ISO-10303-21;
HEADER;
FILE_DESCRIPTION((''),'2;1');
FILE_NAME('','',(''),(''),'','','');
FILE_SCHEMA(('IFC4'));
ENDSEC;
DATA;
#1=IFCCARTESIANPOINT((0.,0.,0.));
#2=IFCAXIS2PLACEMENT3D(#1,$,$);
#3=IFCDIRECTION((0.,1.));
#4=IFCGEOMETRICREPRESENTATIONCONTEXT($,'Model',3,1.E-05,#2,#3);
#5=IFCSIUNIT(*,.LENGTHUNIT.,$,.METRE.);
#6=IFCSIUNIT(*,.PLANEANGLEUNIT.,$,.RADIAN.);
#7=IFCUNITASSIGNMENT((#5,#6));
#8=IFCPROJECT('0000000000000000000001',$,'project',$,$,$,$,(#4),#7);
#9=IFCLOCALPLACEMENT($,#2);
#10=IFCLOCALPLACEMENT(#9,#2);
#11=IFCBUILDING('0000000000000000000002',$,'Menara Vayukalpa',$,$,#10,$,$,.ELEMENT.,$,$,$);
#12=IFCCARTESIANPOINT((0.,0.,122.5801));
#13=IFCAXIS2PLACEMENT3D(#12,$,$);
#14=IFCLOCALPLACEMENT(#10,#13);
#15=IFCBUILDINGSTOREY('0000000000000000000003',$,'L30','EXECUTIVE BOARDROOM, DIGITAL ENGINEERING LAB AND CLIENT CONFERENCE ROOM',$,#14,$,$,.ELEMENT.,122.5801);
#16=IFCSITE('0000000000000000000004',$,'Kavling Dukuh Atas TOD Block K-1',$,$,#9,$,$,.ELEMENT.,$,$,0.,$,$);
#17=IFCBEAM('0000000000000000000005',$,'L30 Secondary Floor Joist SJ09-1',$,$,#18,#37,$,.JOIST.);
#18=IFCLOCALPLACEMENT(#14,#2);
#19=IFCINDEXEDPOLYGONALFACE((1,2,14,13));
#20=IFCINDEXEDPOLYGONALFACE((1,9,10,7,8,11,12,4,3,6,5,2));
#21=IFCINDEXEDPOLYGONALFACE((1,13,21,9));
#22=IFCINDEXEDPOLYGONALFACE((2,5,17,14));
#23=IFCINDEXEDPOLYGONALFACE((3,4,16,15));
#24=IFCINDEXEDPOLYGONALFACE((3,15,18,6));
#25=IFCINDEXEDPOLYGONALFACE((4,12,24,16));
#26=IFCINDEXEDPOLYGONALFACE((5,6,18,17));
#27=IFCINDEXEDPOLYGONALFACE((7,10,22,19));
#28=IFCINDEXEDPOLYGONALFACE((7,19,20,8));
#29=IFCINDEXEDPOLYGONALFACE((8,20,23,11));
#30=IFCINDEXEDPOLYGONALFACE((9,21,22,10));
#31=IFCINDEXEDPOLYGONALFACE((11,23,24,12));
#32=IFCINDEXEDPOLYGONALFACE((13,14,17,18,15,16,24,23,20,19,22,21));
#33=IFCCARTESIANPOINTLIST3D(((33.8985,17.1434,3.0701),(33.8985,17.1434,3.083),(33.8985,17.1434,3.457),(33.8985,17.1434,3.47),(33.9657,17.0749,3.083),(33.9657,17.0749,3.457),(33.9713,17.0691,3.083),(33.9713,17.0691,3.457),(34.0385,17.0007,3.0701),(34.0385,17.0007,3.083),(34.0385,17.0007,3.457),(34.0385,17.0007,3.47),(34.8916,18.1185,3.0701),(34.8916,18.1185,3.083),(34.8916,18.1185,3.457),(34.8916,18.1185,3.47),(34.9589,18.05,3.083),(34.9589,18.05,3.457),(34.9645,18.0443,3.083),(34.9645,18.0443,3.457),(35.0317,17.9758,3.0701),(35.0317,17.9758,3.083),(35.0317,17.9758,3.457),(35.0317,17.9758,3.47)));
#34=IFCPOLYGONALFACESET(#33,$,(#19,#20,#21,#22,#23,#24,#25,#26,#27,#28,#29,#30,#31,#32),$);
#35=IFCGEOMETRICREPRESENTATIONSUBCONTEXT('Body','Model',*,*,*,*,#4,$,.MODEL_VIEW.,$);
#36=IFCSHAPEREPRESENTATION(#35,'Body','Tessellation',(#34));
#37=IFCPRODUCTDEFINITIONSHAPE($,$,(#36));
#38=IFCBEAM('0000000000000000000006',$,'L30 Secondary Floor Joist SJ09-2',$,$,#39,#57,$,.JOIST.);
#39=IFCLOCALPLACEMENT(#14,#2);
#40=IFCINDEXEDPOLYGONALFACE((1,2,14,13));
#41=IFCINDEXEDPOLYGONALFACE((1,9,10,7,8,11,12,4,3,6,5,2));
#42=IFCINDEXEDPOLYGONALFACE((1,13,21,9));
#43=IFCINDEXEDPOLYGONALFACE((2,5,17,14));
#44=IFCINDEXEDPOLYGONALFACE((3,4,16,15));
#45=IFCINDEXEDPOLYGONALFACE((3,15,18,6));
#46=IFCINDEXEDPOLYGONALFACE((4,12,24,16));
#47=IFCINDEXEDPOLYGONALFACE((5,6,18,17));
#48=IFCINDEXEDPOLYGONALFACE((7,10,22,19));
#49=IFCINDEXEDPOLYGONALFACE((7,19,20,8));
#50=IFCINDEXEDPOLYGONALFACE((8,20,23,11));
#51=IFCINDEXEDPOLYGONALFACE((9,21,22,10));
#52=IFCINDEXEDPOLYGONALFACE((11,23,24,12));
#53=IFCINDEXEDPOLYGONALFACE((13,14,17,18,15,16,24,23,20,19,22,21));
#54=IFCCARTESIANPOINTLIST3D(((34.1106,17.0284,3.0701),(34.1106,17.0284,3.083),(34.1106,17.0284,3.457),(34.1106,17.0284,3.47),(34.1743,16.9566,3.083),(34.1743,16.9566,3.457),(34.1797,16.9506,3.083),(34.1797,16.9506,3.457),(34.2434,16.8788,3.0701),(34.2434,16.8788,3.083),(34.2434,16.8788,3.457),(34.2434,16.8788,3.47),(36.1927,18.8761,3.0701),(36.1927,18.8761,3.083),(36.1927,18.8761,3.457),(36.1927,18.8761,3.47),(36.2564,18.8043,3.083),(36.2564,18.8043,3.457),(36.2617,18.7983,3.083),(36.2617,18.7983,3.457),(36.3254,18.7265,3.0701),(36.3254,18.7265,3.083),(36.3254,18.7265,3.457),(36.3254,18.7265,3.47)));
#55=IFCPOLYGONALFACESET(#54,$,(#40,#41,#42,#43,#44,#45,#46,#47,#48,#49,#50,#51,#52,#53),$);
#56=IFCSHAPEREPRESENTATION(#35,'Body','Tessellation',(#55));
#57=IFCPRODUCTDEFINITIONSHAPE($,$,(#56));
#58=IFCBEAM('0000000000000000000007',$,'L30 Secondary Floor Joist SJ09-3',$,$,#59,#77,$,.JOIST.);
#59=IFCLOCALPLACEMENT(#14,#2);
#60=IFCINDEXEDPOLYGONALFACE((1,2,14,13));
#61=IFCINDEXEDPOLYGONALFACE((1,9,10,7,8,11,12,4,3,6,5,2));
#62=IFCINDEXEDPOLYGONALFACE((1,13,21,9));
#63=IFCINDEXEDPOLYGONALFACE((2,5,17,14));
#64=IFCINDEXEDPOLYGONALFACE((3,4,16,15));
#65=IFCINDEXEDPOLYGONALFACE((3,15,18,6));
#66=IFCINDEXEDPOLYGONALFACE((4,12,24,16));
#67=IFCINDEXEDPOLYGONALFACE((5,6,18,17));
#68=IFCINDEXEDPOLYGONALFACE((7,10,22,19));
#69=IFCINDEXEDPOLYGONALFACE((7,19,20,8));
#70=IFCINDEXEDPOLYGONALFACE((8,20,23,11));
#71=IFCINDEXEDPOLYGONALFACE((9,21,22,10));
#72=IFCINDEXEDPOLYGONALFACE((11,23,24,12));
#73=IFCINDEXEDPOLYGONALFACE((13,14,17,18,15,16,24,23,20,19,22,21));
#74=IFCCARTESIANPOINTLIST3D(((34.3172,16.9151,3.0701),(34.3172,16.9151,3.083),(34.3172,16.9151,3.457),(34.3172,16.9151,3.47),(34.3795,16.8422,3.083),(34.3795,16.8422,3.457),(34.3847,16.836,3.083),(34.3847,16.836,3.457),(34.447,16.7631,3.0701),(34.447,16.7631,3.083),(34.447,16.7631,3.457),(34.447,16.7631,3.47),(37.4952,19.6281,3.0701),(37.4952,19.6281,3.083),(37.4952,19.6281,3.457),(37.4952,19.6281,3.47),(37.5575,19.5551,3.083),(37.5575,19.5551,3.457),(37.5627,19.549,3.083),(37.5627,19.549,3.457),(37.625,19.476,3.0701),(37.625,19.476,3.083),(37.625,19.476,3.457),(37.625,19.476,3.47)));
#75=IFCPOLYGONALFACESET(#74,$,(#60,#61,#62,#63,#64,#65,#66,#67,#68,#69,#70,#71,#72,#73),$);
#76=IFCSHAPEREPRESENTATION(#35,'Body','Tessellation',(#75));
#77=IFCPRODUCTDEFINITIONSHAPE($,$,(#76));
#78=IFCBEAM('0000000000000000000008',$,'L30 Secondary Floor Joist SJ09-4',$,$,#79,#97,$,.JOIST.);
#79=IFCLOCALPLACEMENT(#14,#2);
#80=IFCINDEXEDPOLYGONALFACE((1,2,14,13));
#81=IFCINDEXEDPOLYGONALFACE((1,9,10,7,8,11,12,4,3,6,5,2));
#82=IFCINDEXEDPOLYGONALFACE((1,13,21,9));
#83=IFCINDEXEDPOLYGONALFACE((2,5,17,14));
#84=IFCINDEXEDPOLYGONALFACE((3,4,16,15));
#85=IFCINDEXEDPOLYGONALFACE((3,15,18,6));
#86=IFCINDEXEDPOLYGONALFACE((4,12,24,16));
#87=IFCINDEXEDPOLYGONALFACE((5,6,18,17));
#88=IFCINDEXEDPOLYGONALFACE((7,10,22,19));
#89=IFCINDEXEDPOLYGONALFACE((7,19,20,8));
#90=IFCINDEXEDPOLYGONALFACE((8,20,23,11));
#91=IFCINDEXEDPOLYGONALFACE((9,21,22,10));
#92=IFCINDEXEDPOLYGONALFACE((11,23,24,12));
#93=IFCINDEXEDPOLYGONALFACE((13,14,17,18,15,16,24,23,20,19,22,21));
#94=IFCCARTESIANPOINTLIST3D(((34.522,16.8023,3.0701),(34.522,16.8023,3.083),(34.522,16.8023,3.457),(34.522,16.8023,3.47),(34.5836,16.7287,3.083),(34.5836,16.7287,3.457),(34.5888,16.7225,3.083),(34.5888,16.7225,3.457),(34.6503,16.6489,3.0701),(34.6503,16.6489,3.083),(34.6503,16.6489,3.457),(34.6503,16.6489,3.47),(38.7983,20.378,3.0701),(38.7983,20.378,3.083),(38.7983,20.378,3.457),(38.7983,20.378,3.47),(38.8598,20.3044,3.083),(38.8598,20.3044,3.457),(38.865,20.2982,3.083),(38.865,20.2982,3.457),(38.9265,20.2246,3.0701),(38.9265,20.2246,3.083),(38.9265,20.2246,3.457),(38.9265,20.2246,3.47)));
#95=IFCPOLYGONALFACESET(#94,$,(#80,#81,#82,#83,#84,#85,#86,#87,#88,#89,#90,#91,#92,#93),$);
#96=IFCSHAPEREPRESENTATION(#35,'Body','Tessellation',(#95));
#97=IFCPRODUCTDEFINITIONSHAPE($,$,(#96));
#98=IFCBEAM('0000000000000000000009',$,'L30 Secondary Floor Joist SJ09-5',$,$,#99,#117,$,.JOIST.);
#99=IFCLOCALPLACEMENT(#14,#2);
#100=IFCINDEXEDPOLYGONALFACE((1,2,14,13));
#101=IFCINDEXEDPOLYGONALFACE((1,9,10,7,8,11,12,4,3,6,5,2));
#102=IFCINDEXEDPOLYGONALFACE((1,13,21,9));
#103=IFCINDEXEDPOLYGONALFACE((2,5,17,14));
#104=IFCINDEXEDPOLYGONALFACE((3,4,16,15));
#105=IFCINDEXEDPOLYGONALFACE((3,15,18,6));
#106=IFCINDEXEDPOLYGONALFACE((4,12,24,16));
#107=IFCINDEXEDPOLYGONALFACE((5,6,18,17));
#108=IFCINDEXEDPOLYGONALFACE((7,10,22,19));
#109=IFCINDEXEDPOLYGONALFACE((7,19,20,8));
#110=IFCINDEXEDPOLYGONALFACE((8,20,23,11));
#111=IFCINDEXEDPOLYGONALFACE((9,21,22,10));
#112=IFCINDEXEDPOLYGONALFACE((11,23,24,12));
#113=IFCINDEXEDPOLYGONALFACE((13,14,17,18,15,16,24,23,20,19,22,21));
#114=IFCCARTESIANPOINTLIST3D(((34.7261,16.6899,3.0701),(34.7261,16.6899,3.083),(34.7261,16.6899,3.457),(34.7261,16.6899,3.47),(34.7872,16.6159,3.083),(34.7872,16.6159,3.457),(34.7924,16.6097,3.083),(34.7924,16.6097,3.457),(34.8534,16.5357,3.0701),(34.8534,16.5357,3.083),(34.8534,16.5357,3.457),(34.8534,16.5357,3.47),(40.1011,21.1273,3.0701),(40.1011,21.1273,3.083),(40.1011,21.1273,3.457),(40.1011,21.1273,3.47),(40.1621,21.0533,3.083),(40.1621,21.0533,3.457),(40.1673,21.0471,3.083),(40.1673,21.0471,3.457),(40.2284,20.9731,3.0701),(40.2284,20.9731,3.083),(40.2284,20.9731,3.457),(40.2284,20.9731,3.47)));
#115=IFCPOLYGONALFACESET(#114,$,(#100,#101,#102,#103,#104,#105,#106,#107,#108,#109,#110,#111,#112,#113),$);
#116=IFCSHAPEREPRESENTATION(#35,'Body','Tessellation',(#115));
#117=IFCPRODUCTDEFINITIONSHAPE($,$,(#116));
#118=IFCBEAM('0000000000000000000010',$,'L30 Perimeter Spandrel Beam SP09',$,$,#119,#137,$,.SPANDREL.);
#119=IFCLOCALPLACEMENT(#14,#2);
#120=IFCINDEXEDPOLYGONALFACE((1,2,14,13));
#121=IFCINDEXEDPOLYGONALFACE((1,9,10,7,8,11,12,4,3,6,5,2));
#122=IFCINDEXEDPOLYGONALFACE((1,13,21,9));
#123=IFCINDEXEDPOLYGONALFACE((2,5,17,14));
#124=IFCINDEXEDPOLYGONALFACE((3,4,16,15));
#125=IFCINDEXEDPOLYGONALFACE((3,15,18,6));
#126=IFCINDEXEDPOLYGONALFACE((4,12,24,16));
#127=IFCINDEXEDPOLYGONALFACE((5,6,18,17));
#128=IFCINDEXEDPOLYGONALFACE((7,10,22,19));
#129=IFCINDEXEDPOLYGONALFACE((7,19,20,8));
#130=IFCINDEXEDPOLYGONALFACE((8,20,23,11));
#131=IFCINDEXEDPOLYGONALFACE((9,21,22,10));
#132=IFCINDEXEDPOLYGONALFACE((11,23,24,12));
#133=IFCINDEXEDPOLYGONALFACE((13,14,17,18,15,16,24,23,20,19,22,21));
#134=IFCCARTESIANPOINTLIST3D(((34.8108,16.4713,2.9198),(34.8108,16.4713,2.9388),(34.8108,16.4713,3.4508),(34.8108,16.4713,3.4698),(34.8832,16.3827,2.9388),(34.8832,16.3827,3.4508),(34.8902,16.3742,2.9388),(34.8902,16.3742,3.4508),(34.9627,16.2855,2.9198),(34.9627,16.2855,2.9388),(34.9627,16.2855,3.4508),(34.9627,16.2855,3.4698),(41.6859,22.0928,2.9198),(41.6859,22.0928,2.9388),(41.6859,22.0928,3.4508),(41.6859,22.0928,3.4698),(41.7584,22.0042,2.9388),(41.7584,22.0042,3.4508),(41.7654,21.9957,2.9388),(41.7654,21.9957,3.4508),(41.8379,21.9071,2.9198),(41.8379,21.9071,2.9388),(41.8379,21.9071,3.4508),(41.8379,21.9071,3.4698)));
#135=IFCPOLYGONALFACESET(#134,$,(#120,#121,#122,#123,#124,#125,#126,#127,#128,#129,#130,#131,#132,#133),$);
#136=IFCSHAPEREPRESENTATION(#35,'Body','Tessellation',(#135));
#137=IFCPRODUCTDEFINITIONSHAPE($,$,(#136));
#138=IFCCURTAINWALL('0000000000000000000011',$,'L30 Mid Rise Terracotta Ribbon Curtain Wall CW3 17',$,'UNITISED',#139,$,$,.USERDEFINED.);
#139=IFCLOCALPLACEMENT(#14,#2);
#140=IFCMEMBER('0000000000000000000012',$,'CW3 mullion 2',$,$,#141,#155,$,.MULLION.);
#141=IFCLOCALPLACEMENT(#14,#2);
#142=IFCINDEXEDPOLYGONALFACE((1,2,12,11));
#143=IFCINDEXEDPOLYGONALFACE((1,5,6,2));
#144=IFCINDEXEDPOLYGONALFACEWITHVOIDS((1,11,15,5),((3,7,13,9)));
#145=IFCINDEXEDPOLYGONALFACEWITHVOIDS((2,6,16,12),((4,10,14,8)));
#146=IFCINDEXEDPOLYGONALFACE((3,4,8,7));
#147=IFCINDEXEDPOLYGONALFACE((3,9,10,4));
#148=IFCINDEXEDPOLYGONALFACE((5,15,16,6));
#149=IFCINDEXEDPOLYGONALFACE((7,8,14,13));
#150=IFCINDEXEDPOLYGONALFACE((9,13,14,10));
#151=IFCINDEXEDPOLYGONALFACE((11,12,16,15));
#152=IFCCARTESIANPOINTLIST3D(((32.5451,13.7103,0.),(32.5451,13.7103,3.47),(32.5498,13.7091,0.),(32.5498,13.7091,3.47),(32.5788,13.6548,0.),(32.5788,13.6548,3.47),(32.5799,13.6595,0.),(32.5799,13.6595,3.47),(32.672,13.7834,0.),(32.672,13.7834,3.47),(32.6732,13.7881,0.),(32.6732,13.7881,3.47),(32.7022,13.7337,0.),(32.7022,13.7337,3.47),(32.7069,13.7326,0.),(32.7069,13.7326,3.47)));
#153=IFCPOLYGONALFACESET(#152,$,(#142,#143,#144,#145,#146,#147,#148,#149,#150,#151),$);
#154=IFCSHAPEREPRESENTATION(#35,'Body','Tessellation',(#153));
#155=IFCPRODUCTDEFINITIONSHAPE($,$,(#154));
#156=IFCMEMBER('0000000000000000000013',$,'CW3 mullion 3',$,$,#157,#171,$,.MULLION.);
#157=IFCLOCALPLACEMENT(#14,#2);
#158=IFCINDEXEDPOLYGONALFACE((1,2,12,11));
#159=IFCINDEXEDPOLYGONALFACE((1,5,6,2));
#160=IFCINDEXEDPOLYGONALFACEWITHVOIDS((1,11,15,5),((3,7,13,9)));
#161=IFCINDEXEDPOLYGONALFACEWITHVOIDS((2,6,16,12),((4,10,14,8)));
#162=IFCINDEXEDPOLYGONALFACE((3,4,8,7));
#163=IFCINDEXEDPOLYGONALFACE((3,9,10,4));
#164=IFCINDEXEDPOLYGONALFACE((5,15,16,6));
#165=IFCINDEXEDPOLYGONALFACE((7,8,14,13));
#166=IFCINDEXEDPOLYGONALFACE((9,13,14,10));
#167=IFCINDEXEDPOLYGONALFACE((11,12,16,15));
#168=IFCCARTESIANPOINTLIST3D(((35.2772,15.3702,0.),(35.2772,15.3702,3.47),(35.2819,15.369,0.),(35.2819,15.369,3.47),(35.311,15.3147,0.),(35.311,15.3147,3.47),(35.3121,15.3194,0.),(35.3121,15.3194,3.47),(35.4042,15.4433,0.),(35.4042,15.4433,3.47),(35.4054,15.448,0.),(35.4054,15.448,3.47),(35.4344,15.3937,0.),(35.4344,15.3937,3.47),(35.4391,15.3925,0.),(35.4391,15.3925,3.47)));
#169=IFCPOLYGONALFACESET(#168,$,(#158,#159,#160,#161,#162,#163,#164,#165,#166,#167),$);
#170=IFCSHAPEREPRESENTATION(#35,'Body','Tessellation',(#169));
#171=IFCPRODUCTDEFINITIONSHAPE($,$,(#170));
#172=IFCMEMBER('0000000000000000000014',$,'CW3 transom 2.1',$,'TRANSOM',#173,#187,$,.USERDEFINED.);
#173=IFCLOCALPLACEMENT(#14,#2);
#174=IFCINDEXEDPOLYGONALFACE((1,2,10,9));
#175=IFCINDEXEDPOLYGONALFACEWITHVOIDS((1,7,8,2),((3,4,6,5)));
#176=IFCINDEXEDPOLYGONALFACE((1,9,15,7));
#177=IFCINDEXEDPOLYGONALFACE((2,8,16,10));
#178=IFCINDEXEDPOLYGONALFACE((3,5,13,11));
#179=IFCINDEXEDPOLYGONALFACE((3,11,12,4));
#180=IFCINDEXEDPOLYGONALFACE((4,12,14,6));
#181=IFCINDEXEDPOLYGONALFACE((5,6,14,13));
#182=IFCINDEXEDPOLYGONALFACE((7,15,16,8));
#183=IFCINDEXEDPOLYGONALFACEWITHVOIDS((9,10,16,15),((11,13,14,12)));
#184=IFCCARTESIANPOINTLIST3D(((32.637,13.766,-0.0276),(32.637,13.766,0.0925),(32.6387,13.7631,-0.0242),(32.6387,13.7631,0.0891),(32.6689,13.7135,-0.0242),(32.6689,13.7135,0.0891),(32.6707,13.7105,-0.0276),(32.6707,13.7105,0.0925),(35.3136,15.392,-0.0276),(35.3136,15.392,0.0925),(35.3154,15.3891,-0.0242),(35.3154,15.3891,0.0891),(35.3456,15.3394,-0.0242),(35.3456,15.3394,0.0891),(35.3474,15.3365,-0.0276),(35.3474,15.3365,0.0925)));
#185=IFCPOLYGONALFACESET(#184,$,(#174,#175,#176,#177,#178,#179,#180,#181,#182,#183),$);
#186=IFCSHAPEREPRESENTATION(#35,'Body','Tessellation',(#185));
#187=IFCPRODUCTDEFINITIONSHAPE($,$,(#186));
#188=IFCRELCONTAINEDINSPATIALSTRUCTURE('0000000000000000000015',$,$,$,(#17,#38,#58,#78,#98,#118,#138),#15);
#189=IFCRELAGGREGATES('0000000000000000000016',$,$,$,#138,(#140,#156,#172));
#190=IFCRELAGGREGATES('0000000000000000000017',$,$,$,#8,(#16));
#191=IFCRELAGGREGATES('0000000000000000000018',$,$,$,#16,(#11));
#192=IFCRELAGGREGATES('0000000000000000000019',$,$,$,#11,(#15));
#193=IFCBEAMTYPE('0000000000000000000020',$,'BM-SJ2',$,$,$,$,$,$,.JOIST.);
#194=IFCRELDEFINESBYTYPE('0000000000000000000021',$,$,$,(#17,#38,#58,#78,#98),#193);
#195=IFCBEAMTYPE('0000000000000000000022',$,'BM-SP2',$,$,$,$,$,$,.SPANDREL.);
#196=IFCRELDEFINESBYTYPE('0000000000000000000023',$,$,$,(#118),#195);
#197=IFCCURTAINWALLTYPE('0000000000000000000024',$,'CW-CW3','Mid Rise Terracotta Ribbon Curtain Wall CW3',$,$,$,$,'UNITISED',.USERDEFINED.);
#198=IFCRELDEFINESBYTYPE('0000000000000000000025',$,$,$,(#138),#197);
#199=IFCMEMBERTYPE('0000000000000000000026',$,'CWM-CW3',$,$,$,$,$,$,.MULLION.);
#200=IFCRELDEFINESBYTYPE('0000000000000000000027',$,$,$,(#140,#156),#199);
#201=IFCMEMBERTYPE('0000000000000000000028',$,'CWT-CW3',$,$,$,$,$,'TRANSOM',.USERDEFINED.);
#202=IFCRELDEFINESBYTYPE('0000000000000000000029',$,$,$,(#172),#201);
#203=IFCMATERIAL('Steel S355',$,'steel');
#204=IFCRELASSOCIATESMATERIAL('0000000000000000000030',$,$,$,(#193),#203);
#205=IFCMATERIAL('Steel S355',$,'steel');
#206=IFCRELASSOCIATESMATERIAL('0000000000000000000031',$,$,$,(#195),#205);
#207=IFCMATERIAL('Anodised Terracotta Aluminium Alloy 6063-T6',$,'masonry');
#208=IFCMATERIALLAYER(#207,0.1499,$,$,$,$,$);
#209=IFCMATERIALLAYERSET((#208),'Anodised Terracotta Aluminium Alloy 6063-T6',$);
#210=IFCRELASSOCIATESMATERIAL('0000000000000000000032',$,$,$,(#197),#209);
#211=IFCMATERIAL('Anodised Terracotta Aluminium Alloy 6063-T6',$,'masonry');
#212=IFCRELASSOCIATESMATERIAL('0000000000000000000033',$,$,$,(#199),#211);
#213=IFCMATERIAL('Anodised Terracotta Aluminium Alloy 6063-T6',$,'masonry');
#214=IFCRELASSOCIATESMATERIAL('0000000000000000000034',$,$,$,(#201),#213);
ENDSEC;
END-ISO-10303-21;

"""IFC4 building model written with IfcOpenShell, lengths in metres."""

from ifc_helpers import new_model, si_unit, direction, frame, origin, origin_2d, place, context, subcontext, project, spatial, hollow_rectangle, i_section, extrude, material, layer, layer_set, material_profile, profile_set, type_object, element, aggregate, save


model = new_model("IFC4")

# Units and contexts
model_context = context("Model", 3, precision=1e-05, world=origin(), true_north=direction((0.0, 1.0)))
body_context = subcontext(model_context, "Body", "Model", "MODEL_VIEW")
ifc_project = project(units=[si_unit("LENGTHUNIT", "METRE"), si_unit("PLANEANGLEUNIT", "RADIAN")], contexts=[model_context])

# Site, building, storey
site_placement = place(None, origin())
site = spatial("IfcSite", under=ifc_project, at=site_placement, Name="Kavling Dukuh Atas TOD Block K-1", CompositionType="ELEMENT", RefElevation=0.0)
building_placement = place(site_placement, origin())
building = spatial("IfcBuilding", under=site, at=building_placement, Name="Menara Vayukalpa", CompositionType="ELEMENT")
storey_placement = place(building_placement, frame((0.0, 0.0, 122.5801)))
storey = spatial("IfcBuildingStorey", under=building, at=storey_placement, Name="L30", Description="EXECUTIVE BOARDROOM, DIGITAL ENGINEERING LAB AND CLIENT CONFERENCE ROOM", CompositionType="ELEMENT", Elevation=122.5801)

# Beams
ifc_material_1 = material(Name="Steel S355", Category="steel")
ifc_material_profile_1 = material_profile(ifc_material_1, i_section(OverallWidth=0.2, OverallDepth=0.3999, WebThickness=0.0081, FlangeThickness=0.0129, at=origin_2d()), Name="WF 400x200x8x13")
ifc_profile_set_1 = profile_set([ifc_material_profile_1], Name="Steel S355")
beam_type_1 = type_object("IfcBeamType", Name="BM-SJ2", PredefinedType="JOIST", material=ifc_profile_set_1)
beam_1_placement = place(storey_placement, frame((33.9685, 17.072, 3.27), z_axis=(0.713567, 0.700587, 0.0), x_axis=(-0.700587, 0.713567, 0.0)))
element("IfcBeam", 1, at=beam_1_placement, inside=storey, type_object=beam_type_1, Name="L30 Secondary Floor Joist SJ09-1", PredefinedType="JOIST", context=body_context, shape_type="SweptSolid", body=[
    extrude(i_section(OverallWidth=0.2, OverallDepth=0.3999, WebThickness=0.0081, FlangeThickness=0.0129, at=origin_2d()), origin(), (0.0, 0.0, 1.0), 1.3918),
])
beam_2_placement = place(storey_placement, frame((34.177, 16.9536, 3.27), z_axis=(0.747951, 0.663754, 0.0), x_axis=(-0.663754, 0.747951, 0.0)))
element("IfcBeam", 2, at=beam_2_placement, inside=storey, type_object=beam_type_1, Name="L30 Secondary Floor Joist SJ09-2", PredefinedType="JOIST", context=body_context, shape_type="SweptSolid", body=[
    extrude(i_section(OverallWidth=0.2, OverallDepth=0.3999, WebThickness=0.0081, FlangeThickness=0.0129, at=origin_2d()), origin(), (0.0, 0.0, 1.0), 2.7837),
])
beam_3_placement = place(storey_placement, frame((34.3821, 16.8391, 3.27), z_axis=(0.760567, 0.64926, 0.0), x_axis=(-0.64926, 0.760567, 0.0)))
element("IfcBeam", 3, at=beam_3_placement, inside=storey, type_object=beam_type_1, Name="L30 Secondary Floor Joist SJ09-3", PredefinedType="JOIST", context=body_context, shape_type="SweptSolid", body=[
    extrude(i_section(OverallWidth=0.2, OverallDepth=0.3999, WebThickness=0.0081, FlangeThickness=0.0129, at=origin_2d()), origin(), (0.0, 0.0, 1.0), 4.1785),
])
beam_4_placement = place(storey_placement, frame((34.5862, 16.7256, 3.27), z_axis=(0.76714, 0.64148, 0.0), x_axis=(-0.64148, 0.76714, 0.0)))
element("IfcBeam", 4, at=beam_4_placement, inside=storey, type_object=beam_type_1, Name="L30 Secondary Floor Joist SJ09-4", PredefinedType="JOIST", context=body_context, shape_type="SweptSolid", body=[
    extrude(i_section(OverallWidth=0.2, OverallDepth=0.3999, WebThickness=0.0081, FlangeThickness=0.0129, at=origin_2d()), origin(), (0.0, 0.0, 1.0), 5.5742),
])
beam_5_placement = place(storey_placement, frame((34.7898, 16.6128, 3.27), z_axis=(0.771153, 0.63665, 0.0), x_axis=(-0.63665, 0.771153, 0.0)))
element("IfcBeam", 5, at=beam_5_placement, inside=storey, type_object=beam_type_1, Name="L30 Secondary Floor Joist SJ09-5", PredefinedType="JOIST", context=body_context, shape_type="SweptSolid", body=[
    extrude(i_section(OverallWidth=0.2, OverallDepth=0.3999, WebThickness=0.0081, FlangeThickness=0.0129, at=origin_2d()), origin(), (0.0, 0.0, 1.0), 6.97),
])
ifc_material_2 = material(Name="Steel S355", Category="steel")
ifc_material_profile_2 = material_profile(ifc_material_2, i_section(OverallWidth=0.24, OverallDepth=0.55, WebThickness=0.011, FlangeThickness=0.019, at=origin_2d()), Name="WF 550x240x11x19")
ifc_profile_set_2 = profile_set([ifc_material_profile_2], Name="Steel S355")
beam_type_2 = type_object("IfcBeamType", Name="BM-SP2", PredefinedType="SPANDREL", material=ifc_profile_set_2)
beam_6_placement = place(storey_placement, frame((34.8867, 16.3784, 3.1948), z_axis=(0.774157, 0.632994, 0.0), x_axis=(-0.632994, 0.774157, 0.0)))
element("IfcBeam", 6, at=beam_6_placement, inside=storey, type_object=beam_type_2, Name="L30 Perimeter Spandrel Beam SP09", PredefinedType="SPANDREL", context=body_context, shape_type="SweptSolid", body=[
    extrude(i_section(OverallWidth=0.24, OverallDepth=0.55, WebThickness=0.011, FlangeThickness=0.019, at=origin_2d()), origin(), (0.0, 0.0, 1.0), 8.8809),
])

# Curtain wall, members
ifc_material_3 = material(Name="Anodised Terracotta Aluminium Alloy 6063-T6", Category="masonry")
ifc_layer_1 = layer(ifc_material_3, 0.1499)
ifc_layer_set_1 = layer_set([ifc_layer_1], Name="Anodised Terracotta Aluminium Alloy 6063-T6")
curtain_wall_type = type_object("IfcCurtainWallType", Name="CW-CW3", Description="Mid Rise Terracotta Ribbon Curtain Wall CW3", ElementType="UNITISED", PredefinedType="USERDEFINED", material=ifc_layer_set_1)
curtain_wall_placement = place(storey_placement, origin())
curtain_wall = element("IfcCurtainWall", 7, at=curtain_wall_placement, inside=storey, type_object=curtain_wall_type, Name="L30 Mid Rise Terracotta Ribbon Curtain Wall CW3 17", ObjectType="UNITISED", PredefinedType="USERDEFINED")
ifc_material_4 = material(Name="Anodised Terracotta Aluminium Alloy 6063-T6", Category="masonry")
ifc_material_profile_3 = material_profile(ifc_material_4, hollow_rectangle(XDim=0.0649, YDim=0.1499, WallThickness=0.0034, at=origin_2d()), Name="ALU 65x150x3.5")
ifc_profile_set_3 = profile_set([ifc_material_profile_3], Name="Anodised Terracotta Aluminium Alloy 6063-T6")
member_type_1 = type_object("IfcMemberType", Name="CWM-CW3", PredefinedType="MULLION", material=ifc_profile_set_3)
member_1_placement = place(storey_placement, frame((32.626, 13.7214, 0.0), z_axis=(0.0, 0.0, 1.0), x_axis=(-0.519183, 0.854663, 0.0)))
member_1 = element("IfcMember", 8, at=member_1_placement, type_object=member_type_1, Name="CW3 mullion 2", PredefinedType="MULLION", context=body_context, shape_type="SweptSolid", body=[
    extrude(hollow_rectangle(XDim=0.0649, YDim=0.1499, WallThickness=0.0034, at=origin_2d()), origin(), (0.0, 0.0, 1.0), 3.47),
])
member_2_placement = place(storey_placement, frame((35.3582, 15.3813, 0.0), z_axis=(0.0, 0.0, 1.0), x_axis=(-0.519183, 0.854663, 0.0)))
member_2 = element("IfcMember", 9, at=member_2_placement, type_object=member_type_1, Name="CW3 mullion 3", PredefinedType="MULLION", context=body_context, shape_type="SweptSolid", body=[
    extrude(hollow_rectangle(XDim=0.0649, YDim=0.1499, WallThickness=0.0034, at=origin_2d()), origin(), (0.0, 0.0, 1.0), 3.47),
])
ifc_material_5 = material(Name="Anodised Terracotta Aluminium Alloy 6063-T6", Category="masonry")
ifc_material_profile_4 = material_profile(ifc_material_5, hollow_rectangle(XDim=0.0649, YDim=0.1201, WallThickness=0.0034, at=origin_2d()), Name="ALU 65x120x3.5")
ifc_profile_set_4 = profile_set([ifc_material_profile_4], Name="Anodised Terracotta Aluminium Alloy 6063-T6")
member_type_2 = type_object("IfcMemberType", Name="CWT-CW3", ElementType="TRANSOM", PredefinedType="USERDEFINED", material=ifc_profile_set_4)
member_3_placement = place(storey_placement, frame((32.6538, 13.7383, 0.0325), z_axis=(0.854674, 0.519165, 0.0), x_axis=(-0.519165, 0.854674, 0.0)))
member_3 = element("IfcMember", 10, at=member_3_placement, type_object=member_type_2, Name="CW3 transom 2.1", ObjectType="TRANSOM", PredefinedType="USERDEFINED", context=body_context, shape_type="SweptSolid", body=[
    extrude(hollow_rectangle(XDim=0.0649, YDim=0.1201, WallThickness=0.0034, at=origin_2d()), origin(), (0.0, 0.0, 1.0), 3.1318),
])
aggregate(curtain_wall, [member_1, member_2, member_3])

save(model, "model.ifc")
